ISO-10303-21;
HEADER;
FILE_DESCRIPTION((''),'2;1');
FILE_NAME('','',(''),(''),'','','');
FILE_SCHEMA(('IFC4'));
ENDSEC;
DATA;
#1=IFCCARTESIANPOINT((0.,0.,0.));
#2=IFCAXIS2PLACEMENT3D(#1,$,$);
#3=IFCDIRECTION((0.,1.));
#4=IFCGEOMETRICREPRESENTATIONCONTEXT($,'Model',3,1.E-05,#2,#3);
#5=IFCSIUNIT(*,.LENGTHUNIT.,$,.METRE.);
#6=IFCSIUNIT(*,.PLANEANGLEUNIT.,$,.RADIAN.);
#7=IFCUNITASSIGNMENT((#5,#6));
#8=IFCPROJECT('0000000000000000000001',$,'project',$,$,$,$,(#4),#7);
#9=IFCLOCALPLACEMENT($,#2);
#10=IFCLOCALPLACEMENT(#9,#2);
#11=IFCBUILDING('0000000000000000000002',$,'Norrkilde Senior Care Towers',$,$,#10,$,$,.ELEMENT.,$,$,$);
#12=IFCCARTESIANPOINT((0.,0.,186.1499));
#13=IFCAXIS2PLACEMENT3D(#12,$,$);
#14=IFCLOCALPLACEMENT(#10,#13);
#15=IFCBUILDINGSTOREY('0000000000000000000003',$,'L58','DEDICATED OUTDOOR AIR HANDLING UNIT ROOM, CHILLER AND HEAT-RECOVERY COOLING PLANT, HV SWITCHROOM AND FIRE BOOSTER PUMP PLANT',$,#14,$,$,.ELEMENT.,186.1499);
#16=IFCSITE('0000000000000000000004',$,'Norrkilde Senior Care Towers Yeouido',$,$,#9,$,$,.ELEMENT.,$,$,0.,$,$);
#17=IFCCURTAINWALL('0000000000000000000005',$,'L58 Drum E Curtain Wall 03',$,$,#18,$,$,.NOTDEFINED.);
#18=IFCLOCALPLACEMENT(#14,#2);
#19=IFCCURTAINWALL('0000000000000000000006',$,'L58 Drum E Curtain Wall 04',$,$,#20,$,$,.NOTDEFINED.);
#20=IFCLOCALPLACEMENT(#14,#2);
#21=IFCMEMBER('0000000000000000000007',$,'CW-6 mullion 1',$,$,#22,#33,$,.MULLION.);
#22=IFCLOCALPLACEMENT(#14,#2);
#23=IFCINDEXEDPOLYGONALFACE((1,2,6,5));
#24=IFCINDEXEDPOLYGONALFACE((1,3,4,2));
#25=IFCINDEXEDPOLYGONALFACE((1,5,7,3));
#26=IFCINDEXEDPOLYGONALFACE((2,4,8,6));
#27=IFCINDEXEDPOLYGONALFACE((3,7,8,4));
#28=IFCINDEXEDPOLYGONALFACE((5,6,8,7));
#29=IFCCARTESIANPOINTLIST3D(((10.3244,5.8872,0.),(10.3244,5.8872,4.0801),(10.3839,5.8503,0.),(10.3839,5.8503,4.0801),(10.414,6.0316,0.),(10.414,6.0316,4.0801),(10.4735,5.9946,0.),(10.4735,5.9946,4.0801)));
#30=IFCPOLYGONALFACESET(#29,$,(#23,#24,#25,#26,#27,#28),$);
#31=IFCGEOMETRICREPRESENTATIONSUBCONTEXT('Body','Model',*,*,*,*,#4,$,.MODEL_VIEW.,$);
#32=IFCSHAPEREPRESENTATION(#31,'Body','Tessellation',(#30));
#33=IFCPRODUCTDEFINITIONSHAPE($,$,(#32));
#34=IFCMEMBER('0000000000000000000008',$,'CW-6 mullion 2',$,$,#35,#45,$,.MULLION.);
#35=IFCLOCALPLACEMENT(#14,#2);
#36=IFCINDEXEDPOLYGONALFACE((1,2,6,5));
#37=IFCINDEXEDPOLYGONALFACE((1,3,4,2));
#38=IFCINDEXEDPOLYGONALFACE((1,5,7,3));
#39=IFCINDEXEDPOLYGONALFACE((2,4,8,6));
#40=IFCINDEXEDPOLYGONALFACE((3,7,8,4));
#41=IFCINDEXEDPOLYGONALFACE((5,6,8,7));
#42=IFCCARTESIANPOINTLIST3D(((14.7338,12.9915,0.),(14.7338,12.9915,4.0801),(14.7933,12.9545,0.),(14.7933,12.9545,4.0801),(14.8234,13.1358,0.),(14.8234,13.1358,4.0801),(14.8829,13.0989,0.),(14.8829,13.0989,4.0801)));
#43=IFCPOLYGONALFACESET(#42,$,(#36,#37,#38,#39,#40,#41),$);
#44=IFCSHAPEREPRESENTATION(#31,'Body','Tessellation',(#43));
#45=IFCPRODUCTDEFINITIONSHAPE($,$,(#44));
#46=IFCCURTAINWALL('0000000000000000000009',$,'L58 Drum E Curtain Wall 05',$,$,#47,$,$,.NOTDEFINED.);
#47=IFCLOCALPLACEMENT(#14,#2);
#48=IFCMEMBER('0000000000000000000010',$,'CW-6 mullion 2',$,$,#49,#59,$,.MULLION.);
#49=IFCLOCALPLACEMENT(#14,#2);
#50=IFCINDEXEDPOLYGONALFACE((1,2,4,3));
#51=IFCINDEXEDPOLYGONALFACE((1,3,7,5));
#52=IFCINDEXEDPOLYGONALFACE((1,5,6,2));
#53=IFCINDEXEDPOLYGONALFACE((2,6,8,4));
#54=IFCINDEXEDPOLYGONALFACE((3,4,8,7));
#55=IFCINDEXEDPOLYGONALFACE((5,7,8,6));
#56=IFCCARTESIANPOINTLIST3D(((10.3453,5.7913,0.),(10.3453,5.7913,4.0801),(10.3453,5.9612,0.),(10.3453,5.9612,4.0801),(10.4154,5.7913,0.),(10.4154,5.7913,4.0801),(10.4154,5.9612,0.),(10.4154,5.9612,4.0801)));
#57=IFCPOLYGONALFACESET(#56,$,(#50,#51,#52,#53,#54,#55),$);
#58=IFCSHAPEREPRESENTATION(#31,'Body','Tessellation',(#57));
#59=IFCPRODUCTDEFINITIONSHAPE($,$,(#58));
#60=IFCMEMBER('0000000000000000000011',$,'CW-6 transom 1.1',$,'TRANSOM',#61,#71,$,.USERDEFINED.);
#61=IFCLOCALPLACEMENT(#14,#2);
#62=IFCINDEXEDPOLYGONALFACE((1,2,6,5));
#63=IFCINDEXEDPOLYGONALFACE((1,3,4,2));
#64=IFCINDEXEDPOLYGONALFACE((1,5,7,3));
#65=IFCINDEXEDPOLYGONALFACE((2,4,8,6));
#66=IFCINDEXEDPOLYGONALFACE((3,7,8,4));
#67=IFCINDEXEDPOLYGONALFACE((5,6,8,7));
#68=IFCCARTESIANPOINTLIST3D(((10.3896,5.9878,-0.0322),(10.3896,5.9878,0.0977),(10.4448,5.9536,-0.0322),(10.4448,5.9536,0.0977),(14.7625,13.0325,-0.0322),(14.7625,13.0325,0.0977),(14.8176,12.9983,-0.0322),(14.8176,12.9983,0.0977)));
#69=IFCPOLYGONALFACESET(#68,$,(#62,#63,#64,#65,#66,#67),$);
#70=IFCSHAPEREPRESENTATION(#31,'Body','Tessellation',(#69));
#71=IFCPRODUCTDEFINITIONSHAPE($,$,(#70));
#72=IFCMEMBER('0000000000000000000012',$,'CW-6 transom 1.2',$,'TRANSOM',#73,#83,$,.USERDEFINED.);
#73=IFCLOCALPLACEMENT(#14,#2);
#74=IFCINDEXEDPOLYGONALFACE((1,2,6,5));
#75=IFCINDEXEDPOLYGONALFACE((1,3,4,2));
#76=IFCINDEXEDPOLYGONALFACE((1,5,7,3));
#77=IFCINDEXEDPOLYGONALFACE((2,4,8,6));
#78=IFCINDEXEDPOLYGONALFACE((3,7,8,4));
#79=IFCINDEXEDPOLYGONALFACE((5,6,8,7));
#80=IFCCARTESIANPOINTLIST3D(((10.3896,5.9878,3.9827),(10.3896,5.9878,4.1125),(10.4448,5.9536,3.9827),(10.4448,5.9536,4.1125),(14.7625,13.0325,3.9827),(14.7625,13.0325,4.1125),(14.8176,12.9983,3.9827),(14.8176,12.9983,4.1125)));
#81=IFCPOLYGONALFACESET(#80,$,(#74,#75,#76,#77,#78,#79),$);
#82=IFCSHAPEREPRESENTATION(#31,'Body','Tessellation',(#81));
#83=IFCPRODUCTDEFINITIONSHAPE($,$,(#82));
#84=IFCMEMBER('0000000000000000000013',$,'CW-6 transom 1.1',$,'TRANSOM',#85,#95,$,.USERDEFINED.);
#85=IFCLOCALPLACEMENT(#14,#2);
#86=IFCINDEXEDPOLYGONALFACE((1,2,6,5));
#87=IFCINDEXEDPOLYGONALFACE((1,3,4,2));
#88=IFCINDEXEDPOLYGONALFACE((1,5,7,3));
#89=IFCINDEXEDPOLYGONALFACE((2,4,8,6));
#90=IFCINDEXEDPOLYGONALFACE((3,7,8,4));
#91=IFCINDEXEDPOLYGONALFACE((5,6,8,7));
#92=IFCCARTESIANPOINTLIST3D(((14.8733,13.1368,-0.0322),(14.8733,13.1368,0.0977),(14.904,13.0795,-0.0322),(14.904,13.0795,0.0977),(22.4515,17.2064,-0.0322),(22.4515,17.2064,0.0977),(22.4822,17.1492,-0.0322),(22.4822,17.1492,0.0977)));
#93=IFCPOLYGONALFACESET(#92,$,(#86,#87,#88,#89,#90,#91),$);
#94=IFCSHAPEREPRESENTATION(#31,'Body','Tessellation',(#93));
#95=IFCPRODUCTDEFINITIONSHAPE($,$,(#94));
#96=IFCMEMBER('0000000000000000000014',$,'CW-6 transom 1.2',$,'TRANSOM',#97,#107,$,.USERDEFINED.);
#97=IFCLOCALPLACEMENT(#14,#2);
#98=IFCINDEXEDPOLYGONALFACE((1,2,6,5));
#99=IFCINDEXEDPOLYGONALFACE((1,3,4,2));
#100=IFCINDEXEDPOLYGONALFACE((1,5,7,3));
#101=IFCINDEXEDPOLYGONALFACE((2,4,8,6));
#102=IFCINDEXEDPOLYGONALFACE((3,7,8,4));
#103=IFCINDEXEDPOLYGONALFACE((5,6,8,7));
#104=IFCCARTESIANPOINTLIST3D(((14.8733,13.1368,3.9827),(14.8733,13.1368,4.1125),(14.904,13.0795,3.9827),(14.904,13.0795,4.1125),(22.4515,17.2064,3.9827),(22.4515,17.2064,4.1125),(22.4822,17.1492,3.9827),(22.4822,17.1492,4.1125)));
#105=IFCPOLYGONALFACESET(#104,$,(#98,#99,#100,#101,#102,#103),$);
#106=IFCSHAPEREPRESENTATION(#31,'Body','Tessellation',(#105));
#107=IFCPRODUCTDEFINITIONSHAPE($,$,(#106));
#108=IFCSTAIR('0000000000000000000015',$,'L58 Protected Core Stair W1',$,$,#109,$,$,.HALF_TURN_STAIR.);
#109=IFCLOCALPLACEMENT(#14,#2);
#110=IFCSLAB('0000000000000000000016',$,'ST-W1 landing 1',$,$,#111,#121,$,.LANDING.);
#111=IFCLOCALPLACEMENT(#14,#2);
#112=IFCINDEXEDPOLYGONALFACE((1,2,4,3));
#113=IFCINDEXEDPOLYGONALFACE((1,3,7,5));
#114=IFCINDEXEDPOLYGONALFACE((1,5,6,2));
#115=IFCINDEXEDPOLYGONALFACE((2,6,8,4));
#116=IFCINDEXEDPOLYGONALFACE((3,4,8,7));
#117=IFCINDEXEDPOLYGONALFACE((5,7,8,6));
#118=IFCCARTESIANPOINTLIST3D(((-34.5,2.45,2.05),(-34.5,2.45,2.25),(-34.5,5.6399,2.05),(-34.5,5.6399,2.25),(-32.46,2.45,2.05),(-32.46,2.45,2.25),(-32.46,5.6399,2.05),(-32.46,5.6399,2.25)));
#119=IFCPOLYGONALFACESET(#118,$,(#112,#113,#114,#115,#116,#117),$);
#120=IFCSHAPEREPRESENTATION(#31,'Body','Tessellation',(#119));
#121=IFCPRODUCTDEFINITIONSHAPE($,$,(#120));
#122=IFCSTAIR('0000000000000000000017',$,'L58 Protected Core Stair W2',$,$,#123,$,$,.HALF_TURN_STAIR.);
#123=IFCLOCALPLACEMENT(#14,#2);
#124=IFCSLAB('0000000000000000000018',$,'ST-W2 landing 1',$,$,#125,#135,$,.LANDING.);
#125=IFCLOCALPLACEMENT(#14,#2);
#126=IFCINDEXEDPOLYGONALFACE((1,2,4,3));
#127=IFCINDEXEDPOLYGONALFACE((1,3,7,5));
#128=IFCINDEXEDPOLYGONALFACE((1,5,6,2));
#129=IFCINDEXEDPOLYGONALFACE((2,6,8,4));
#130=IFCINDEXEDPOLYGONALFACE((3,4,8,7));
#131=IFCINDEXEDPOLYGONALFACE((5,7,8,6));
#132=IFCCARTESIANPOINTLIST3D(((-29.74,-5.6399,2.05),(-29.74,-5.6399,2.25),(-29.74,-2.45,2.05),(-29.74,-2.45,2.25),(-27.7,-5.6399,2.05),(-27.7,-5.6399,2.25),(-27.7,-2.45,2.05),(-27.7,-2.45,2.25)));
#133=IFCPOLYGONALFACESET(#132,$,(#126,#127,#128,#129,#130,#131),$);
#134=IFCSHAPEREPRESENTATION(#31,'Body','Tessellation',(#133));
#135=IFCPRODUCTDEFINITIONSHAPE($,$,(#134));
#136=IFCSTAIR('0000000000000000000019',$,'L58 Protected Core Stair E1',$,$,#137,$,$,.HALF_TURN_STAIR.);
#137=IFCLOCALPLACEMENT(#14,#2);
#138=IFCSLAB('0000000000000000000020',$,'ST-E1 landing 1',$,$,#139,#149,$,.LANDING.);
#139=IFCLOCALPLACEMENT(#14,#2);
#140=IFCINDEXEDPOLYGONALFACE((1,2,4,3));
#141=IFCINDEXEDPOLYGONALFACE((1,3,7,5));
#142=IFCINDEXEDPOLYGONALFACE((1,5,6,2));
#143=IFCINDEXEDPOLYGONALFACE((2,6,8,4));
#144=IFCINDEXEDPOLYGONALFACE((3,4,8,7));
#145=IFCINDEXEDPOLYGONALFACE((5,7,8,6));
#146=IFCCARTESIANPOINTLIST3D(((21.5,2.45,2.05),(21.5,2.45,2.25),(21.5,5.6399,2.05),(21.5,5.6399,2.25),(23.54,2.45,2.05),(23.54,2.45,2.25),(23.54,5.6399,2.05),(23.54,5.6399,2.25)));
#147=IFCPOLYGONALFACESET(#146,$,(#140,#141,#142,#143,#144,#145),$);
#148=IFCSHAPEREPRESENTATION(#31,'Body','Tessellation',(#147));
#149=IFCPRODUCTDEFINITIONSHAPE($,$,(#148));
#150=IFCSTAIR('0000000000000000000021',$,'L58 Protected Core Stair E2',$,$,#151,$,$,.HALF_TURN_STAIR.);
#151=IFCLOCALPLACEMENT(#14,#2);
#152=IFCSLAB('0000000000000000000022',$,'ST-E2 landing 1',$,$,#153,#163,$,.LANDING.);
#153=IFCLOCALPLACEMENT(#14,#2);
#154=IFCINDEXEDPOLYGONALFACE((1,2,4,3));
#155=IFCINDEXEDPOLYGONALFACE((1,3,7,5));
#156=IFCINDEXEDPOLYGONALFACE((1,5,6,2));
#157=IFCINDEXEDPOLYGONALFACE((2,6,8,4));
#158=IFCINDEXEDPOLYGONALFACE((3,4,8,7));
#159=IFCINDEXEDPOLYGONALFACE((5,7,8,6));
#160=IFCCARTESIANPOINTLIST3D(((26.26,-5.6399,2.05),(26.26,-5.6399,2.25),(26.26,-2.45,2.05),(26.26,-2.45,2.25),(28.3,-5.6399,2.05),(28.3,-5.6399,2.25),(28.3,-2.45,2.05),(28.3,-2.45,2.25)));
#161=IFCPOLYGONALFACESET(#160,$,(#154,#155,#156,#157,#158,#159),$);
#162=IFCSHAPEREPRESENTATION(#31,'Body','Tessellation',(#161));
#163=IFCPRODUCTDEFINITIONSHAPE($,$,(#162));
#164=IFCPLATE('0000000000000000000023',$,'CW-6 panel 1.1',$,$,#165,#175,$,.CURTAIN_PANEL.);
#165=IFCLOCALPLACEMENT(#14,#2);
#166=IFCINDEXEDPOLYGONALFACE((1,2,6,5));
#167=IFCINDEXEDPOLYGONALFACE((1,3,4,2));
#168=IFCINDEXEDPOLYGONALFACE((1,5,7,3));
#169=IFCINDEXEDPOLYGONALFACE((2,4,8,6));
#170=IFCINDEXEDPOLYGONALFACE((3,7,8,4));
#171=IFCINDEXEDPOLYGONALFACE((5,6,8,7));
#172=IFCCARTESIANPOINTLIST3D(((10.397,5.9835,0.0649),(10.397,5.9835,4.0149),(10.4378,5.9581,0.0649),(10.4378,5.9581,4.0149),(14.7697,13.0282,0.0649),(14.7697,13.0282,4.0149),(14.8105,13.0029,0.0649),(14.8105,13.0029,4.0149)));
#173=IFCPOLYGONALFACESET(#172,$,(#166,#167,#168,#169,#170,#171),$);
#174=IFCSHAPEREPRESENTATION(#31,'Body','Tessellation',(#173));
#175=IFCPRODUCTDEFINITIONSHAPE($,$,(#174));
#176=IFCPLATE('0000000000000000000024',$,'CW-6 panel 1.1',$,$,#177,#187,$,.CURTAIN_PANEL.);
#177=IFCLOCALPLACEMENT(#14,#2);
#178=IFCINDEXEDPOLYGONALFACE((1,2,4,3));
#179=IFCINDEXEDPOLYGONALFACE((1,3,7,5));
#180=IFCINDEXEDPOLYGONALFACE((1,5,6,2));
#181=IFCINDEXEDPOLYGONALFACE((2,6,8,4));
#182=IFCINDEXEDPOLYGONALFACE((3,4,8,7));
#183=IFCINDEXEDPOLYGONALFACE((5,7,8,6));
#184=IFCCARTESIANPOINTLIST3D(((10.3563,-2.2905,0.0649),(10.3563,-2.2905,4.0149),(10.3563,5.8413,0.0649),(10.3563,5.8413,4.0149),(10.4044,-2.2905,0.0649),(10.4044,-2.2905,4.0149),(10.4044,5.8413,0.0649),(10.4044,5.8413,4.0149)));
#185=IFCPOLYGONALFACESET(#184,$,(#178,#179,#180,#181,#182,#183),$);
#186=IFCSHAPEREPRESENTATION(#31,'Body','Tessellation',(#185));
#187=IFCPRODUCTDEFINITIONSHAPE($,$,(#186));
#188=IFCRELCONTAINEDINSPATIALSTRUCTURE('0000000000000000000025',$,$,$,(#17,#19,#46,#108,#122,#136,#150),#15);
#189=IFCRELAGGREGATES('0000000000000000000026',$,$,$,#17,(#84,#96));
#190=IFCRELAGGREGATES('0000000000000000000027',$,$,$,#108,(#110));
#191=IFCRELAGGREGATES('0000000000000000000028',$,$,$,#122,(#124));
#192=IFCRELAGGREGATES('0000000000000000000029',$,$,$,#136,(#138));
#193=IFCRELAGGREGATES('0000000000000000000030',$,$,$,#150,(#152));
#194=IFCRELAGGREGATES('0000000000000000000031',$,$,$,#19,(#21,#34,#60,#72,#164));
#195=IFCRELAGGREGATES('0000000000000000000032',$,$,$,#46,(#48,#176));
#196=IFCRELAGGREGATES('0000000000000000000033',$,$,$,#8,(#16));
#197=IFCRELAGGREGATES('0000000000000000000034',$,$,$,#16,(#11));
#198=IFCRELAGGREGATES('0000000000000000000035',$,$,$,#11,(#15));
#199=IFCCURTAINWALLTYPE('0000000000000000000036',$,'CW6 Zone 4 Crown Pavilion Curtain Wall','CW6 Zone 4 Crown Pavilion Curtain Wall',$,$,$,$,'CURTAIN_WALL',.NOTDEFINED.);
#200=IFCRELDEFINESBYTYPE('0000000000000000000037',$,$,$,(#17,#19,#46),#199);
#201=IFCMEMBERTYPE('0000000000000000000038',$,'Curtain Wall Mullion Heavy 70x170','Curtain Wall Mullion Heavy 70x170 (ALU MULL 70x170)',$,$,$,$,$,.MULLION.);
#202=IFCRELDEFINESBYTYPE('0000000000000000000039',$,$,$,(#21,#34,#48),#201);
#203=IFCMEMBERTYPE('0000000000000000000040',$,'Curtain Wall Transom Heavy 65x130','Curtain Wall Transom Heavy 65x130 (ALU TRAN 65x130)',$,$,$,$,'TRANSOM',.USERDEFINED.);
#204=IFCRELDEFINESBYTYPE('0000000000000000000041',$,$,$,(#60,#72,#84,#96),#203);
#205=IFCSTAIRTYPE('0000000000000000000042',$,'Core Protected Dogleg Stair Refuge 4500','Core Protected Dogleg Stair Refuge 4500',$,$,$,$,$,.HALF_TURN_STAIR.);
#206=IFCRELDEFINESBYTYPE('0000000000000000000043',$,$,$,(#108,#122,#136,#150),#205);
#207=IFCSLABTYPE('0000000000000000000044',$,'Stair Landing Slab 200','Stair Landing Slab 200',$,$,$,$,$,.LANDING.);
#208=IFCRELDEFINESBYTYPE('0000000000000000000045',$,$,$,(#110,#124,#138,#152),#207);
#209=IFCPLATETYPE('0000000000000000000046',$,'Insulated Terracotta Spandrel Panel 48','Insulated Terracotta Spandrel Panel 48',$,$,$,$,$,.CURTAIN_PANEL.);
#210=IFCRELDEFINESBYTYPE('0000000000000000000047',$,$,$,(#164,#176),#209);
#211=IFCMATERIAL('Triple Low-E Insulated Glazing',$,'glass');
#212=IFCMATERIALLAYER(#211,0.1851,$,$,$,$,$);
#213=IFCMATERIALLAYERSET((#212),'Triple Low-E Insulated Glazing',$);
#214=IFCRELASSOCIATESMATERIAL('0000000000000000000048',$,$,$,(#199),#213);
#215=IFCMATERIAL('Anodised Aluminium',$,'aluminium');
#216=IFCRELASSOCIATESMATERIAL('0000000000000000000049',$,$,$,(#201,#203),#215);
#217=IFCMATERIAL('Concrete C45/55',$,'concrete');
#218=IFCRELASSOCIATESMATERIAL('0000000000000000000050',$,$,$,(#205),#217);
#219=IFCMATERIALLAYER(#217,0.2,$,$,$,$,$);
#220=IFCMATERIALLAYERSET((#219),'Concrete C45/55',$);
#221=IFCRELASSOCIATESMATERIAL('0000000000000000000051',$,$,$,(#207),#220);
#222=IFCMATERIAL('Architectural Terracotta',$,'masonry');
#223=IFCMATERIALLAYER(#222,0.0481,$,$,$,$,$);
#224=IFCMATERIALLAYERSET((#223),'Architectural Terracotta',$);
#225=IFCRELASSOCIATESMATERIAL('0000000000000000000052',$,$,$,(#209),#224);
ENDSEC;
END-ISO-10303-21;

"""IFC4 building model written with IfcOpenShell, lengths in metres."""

from ifc_helpers import new_model, si_unit, direction, frame, origin, origin_2d, place, context, subcontext, project, spatial, polyline, rectangle, outline, extrude, source, transform, mapped, material, layer, layer_set, material_profile, profile_set, type_object, type_shapes, element, aggregate, save


model = new_model("IFC4")

# Units and contexts
model_context = context("Model", 3, precision=1e-05, world=origin(), true_north=direction((0.0, 1.0)))
body_context = subcontext(model_context, "Body", "Model", "MODEL_VIEW")
ifc_project = project(units=[si_unit("LENGTHUNIT", "METRE"), si_unit("PLANEANGLEUNIT", "RADIAN")], contexts=[model_context])

# Site, building, storey
site_placement = place(None, origin())
site = spatial("IfcSite", under=ifc_project, at=site_placement, Name="Norrkilde Senior Care Towers Yeouido", CompositionType="ELEMENT", RefElevation=0.0)
building_placement = place(site_placement, origin())
building = spatial("IfcBuilding", under=site, at=building_placement, Name="Norrkilde Senior Care Towers", CompositionType="ELEMENT")
storey_placement = place(building_placement, frame((0.0, 0.0, 186.1499)))
storey = spatial("IfcBuildingStorey", under=building, at=storey_placement, Name="L58", Description="DEDICATED OUTDOOR AIR HANDLING UNIT ROOM, CHILLER AND HEAT-RECOVERY COOLING PLANT, HV SWITCHROOM AND FIRE BOOSTER PUMP PLANT", CompositionType="ELEMENT", Elevation=186.1499)

# Curtain wall
ifc_material_1 = material(Name="Triple Low-E Insulated Glazing", Category="glass")
ifc_layer_1 = layer(ifc_material_1, 0.1851)
ifc_layer_set_1 = layer_set([ifc_layer_1], Name="Triple Low-E Insulated Glazing")
curtain_wall_type = type_object("IfcCurtainWallType", Name="CW6 Zone 4 Crown Pavilion Curtain Wall", Description="CW6 Zone 4 Crown Pavilion Curtain Wall", ElementType="CURTAIN_WALL", PredefinedType="NOTDEFINED", material=ifc_layer_set_1)
curtain_wall_1_placement = place(storey_placement, origin())
curtain_wall_1 = element("IfcCurtainWall", 1, at=curtain_wall_1_placement, inside=storey, type_object=curtain_wall_type, Name="L58 Drum E Curtain Wall 03", PredefinedType="NOTDEFINED")
ifc_material_2 = material(Name="Anodised Aluminium", Category="aluminium")
ifc_material_profile_1 = material_profile(ifc_material_2, rectangle(XDim=0.0701, YDim=0.1699, at=origin_2d()), Name="ALU MULL 70x170")
ifc_profile_set_1 = profile_set([ifc_material_profile_1], Name="Anodised Aluminium")
member_type_1 = type_object("IfcMemberType", Name="Curtain Wall Mullion Heavy 70x170", Description="Curtain Wall Mullion Heavy 70x170 (ALU MULL 70x170)", PredefinedType="MULLION", material=ifc_profile_set_1)
shared_shape_1 = source(origin(), body_context, "Body", "SweptSolid", [
    extrude(rectangle(XDim=0.0701, YDim=0.1699, at=origin_2d()), origin(), (0.0, 0.0, 1.0), 4.0801),
])
type_shapes(member_type_1, [shared_shape_1])

# Curtain wall, members
curtain_wall_2_placement = place(storey_placement, origin())
curtain_wall_2 = element("IfcCurtainWall", 2, at=curtain_wall_2_placement, inside=storey, type_object=curtain_wall_type, Name="L58 Drum E Curtain Wall 04", PredefinedType="NOTDEFINED")
member_1_placement = place(storey_placement, frame((10.3989, 5.9409, 0.0), z_axis=(0.0, 0.0, 1.0), x_axis=(-0.849634, 0.527373, 0.0)))
member_1 = element("IfcMember", 3, at=member_1_placement, type_object=member_type_1, Name="CW-6 mullion 1", PredefinedType="MULLION", context=body_context, shape_type="MappedRepresentation", body=[
    mapped(shared_shape_1, transform((0.0, 0.0, 0.0), x_axis=(1.0, 0.0, 0.0), y_axis=(0.0, 1.0, 0.0), z_axis=(0.0, 0.0, 1.0), scale=1.0)),
])
member_2_placement = place(storey_placement, frame((14.8083, 13.0452, 0.0), z_axis=(0.0, 0.0, 1.0), x_axis=(-0.849634, 0.527373, 0.0)))
member_2 = element("IfcMember", 4, at=member_2_placement, type_object=member_type_1, Name="CW-6 mullion 2", PredefinedType="MULLION", context=body_context, shape_type="MappedRepresentation", body=[
    mapped(shared_shape_1, transform((0.0, 0.0, 0.0), x_axis=(1.0, 0.0, 0.0), y_axis=(0.0, 1.0, 0.0), z_axis=(0.0, 0.0, 1.0), scale=1.0)),
])

# Curtain wall, member
curtain_wall_3_placement = place(storey_placement, origin())
curtain_wall_3 = element("IfcCurtainWall", 5, at=curtain_wall_3_placement, inside=storey, type_object=curtain_wall_type, Name="L58 Drum E Curtain Wall 05", PredefinedType="NOTDEFINED")
member_3_placement = place(storey_placement, frame((10.3804, 5.8762, 0.0), z_axis=(0.0, 0.0, 1.0), x_axis=(-1.0, 0.0, 0.0)))
member_3 = element("IfcMember", 6, at=member_3_placement, type_object=member_type_1, Name="CW-6 mullion 2", PredefinedType="MULLION", context=body_context, shape_type="MappedRepresentation", body=[
    mapped(shared_shape_1, transform((0.0, 0.0, 0.0), x_axis=(1.0, 0.0, 0.0), y_axis=(0.0, 1.0, 0.0), z_axis=(0.0, 0.0, 1.0), scale=1.0)),
])

# Members
ifc_material_profile_2 = material_profile(ifc_material_2, rectangle(XDim=0.0649, YDim=0.1299, at=origin_2d()), Name="ALU TRAN 65x130")
ifc_profile_set_2 = profile_set([ifc_material_profile_2], Name="Anodised Aluminium")
member_type_2 = type_object("IfcMemberType", Name="Curtain Wall Transom Heavy 65x130", Description="Curtain Wall Transom Heavy 65x130 (ALU TRAN 65x130)", ElementType="TRANSOM", PredefinedType="USERDEFINED", material=ifc_profile_set_2)
shared_shape_2 = source(origin(), body_context, "Body", "SweptSolid", [
    extrude(rectangle(XDim=0.0649, YDim=0.1299, at=origin_2d()), origin(), (0.0, 0.0, 1.0), 8.2915),
])
member_4_placement = place(storey_placement, frame((10.4172, 5.9707, 0.0327), z_axis=(0.527384, 0.849627, 0.0), x_axis=(-0.849627, 0.527384, 0.0)))
member_4 = element("IfcMember", 7, at=member_4_placement, type_object=member_type_2, Name="CW-6 transom 1.1", ObjectType="TRANSOM", PredefinedType="USERDEFINED", context=body_context, shape_type="MappedRepresentation", body=[
    mapped(shared_shape_2, transform((0.0, 0.0, 0.0), x_axis=(1.0, 0.0, 0.0), y_axis=(0.0, 1.0, 0.0), z_axis=(0.0, 0.0, 1.0), scale=1.0)),
])
member_5_placement = place(storey_placement, frame((10.4172, 5.9707, 4.0476), z_axis=(0.527384, 0.849627, 0.0), x_axis=(-0.849627, 0.527384, 0.0)))
member_5 = element("IfcMember", 8, at=member_5_placement, type_object=member_type_2, Name="CW-6 transom 1.2", ObjectType="TRANSOM", PredefinedType="USERDEFINED", context=body_context, shape_type="MappedRepresentation", body=[
    mapped(shared_shape_2, transform((0.0, 0.0, 0.0), x_axis=(1.0, 0.0, 0.0), y_axis=(0.0, 1.0, 0.0), z_axis=(0.0, 0.0, 1.0), scale=1.0)),
])
shared_shape_3 = source(origin(), body_context, "Body", "SweptSolid", [
    extrude(rectangle(XDim=0.0649, YDim=0.1299, at=origin_2d()), origin(), (0.0, 0.0, 1.0), 8.6018),
])
type_shapes(member_type_2, [shared_shape_2, shared_shape_3])
member_6_placement = place(storey_placement, frame((14.8887, 13.1082, 0.0327), z_axis=(0.881002, 0.473113, 0.0), x_axis=(-0.473113, 0.881002, 0.0)))
member_6 = element("IfcMember", 9, at=member_6_placement, type_object=member_type_2, Name="CW-6 transom 1.1", ObjectType="TRANSOM", PredefinedType="USERDEFINED", context=body_context, shape_type="MappedRepresentation", body=[
    mapped(shared_shape_3, transform((0.0, 0.0, 0.0), x_axis=(1.0, 0.0, 0.0), y_axis=(0.0, 1.0, 0.0), z_axis=(0.0, 0.0, 1.0), scale=1.0)),
])
member_7_placement = place(storey_placement, frame((14.8887, 13.1082, 4.0476), z_axis=(0.881002, 0.473113, 0.0), x_axis=(-0.473113, 0.881002, 0.0)))
member_7 = element("IfcMember", 10, at=member_7_placement, type_object=member_type_2, Name="CW-6 transom 1.2", ObjectType="TRANSOM", PredefinedType="USERDEFINED", context=body_context, shape_type="MappedRepresentation", body=[
    mapped(shared_shape_3, transform((0.0, 0.0, 0.0), x_axis=(1.0, 0.0, 0.0), y_axis=(0.0, 1.0, 0.0), z_axis=(0.0, 0.0, 1.0), scale=1.0)),
])
aggregate(curtain_wall_1, [member_6, member_7])

# Stairs, slabs
ifc_material_3 = material(Name="Concrete C45/55", Category="concrete")
stair_type = type_object("IfcStairType", Name="Core Protected Dogleg Stair Refuge 4500", Description="Core Protected Dogleg Stair Refuge 4500", PredefinedType="HALF_TURN_STAIR", material=ifc_material_3)
stair_1_placement = place(storey_placement, origin())
stair_1 = element("IfcStair", 11, at=stair_1_placement, inside=storey, type_object=stair_type, Name="L58 Protected Core Stair W1", PredefinedType="HALF_TURN_STAIR")
ifc_layer_2 = layer(ifc_material_3, 0.2)
ifc_layer_set_2 = layer_set([ifc_layer_2], Name="Concrete C45/55")
slab_type = type_object("IfcSlabType", Name="Stair Landing Slab 200", Description="Stair Landing Slab 200", PredefinedType="LANDING", material=ifc_layer_set_2)
slab_1_placement = place(storey_placement, frame((0.0, 0.0, 2.05)))
slab_1 = element("IfcSlab", 12, at=slab_1_placement, type_object=slab_type, Name="ST-W1 landing 1", PredefinedType="LANDING", context=body_context, shape_type="SweptSolid", body=[
    extrude(outline(polyline([(-32.46, 5.6399), (-34.5, 5.6399), (-34.5, 2.45), (-32.46, 2.45), (-32.46, 5.6399)])), origin(), (0.0, 0.0, 1.0), 0.2),
])
aggregate(stair_1, [slab_1])
stair_2_placement = place(storey_placement, origin())
stair_2 = element("IfcStair", 13, at=stair_2_placement, inside=storey, type_object=stair_type, Name="L58 Protected Core Stair W2", PredefinedType="HALF_TURN_STAIR")
slab_2_placement = place(storey_placement, frame((0.0, 0.0, 2.05)))
slab_2 = element("IfcSlab", 14, at=slab_2_placement, type_object=slab_type, Name="ST-W2 landing 1", PredefinedType="LANDING", context=body_context, shape_type="SweptSolid", body=[
    extrude(outline(polyline([(-29.74, -5.6399), (-27.7, -5.6399), (-27.7, -2.45), (-29.74, -2.45), (-29.74, -5.6399)])), origin(), (0.0, 0.0, 1.0), 0.2),
])
aggregate(stair_2, [slab_2])
stair_3_placement = place(storey_placement, origin())
stair_3 = element("IfcStair", 15, at=stair_3_placement, inside=storey, type_object=stair_type, Name="L58 Protected Core Stair E1", PredefinedType="HALF_TURN_STAIR")
slab_3_placement = place(storey_placement, frame((0.0, 0.0, 2.05)))
slab_3 = element("IfcSlab", 16, at=slab_3_placement, type_object=slab_type, Name="ST-E1 landing 1", PredefinedType="LANDING", context=body_context, shape_type="SweptSolid", body=[
    extrude(outline(polyline([(23.54, 5.6399), (21.5, 5.6399), (21.5, 2.45), (23.54, 2.45), (23.54, 5.6399)])), origin(), (0.0, 0.0, 1.0), 0.2),
])
aggregate(stair_3, [slab_3])
stair_4_placement = place(storey_placement, origin())
stair_4 = element("IfcStair", 17, at=stair_4_placement, inside=storey, type_object=stair_type, Name="L58 Protected Core Stair E2", PredefinedType="HALF_TURN_STAIR")
slab_4_placement = place(storey_placement, frame((0.0, 0.0, 2.05)))
slab_4 = element("IfcSlab", 18, at=slab_4_placement, type_object=slab_type, Name="ST-E2 landing 1", PredefinedType="LANDING", context=body_context, shape_type="SweptSolid", body=[
    extrude(outline(polyline([(26.26, -5.6399), (28.3, -5.6399), (28.3, -2.45), (26.26, -2.45), (26.26, -5.6399)])), origin(), (0.0, 0.0, 1.0), 0.2),
])
aggregate(stair_4, [slab_4])

# Plates
ifc_material_4 = material(Name="Architectural Terracotta", Category="masonry")
ifc_layer_3 = layer(ifc_material_4, 0.0481)
ifc_layer_set_3 = layer_set([ifc_layer_3], Name="Architectural Terracotta")
plate_type = type_object("IfcPlateType", Name="Insulated Terracotta Spandrel Panel 48", Description="Insulated Terracotta Spandrel Panel 48", PredefinedType="CURTAIN_PANEL", material=ifc_layer_set_3)
shared_shape_4 = source(origin(), body_context, "Body", "SweptSolid", [
    extrude(rectangle(XDim=8.2915, YDim=0.0481, at=origin_2d()), origin(), (0.0, 0.0, 1.0), 3.95),
])
plate_1_placement = place(storey_placement, frame((12.6038, 9.4932, 0.0649), z_axis=(0.0, 0.0, 1.0), x_axis=(0.527373, 0.849634, 0.0)))
plate_1 = element("IfcPlate", 19, at=plate_1_placement, type_object=plate_type, Name="CW-6 panel 1.1", PredefinedType="CURTAIN_PANEL", context=body_context, shape_type="MappedRepresentation", body=[
    mapped(shared_shape_4, transform((0.0, 0.0, 0.0), x_axis=(1.0, 0.0, 0.0), y_axis=(0.0, 1.0, 0.0), z_axis=(0.0, 0.0, 1.0), scale=1.0)),
])
aggregate(curtain_wall_2, [member_1, member_2, member_4, member_5, plate_1])
shared_shape_5 = source(origin(), body_context, "Body", "SweptSolid", [
    extrude(rectangle(XDim=8.1318, YDim=0.0481, at=origin_2d()), origin(), (0.0, 0.0, 1.0), 3.95),
])
type_shapes(plate_type, [shared_shape_4, shared_shape_5])
plate_2_placement = place(storey_placement, frame((10.3804, 1.7754, 0.0649), z_axis=(0.0, 0.0, 1.0), x_axis=(0.0, 1.0, 0.0)))
plate_2 = element("IfcPlate", 20, at=plate_2_placement, type_object=plate_type, Name="CW-6 panel 1.1", PredefinedType="CURTAIN_PANEL", context=body_context, shape_type="MappedRepresentation", body=[
    mapped(shared_shape_5, transform((0.0, 0.0, 0.0), x_axis=(1.0, 0.0, 0.0), y_axis=(0.0, 1.0, 0.0), z_axis=(0.0, 0.0, 1.0), scale=1.0)),
])
aggregate(curtain_wall_3, [member_3, plate_2])

save(model, "model.ifc")
